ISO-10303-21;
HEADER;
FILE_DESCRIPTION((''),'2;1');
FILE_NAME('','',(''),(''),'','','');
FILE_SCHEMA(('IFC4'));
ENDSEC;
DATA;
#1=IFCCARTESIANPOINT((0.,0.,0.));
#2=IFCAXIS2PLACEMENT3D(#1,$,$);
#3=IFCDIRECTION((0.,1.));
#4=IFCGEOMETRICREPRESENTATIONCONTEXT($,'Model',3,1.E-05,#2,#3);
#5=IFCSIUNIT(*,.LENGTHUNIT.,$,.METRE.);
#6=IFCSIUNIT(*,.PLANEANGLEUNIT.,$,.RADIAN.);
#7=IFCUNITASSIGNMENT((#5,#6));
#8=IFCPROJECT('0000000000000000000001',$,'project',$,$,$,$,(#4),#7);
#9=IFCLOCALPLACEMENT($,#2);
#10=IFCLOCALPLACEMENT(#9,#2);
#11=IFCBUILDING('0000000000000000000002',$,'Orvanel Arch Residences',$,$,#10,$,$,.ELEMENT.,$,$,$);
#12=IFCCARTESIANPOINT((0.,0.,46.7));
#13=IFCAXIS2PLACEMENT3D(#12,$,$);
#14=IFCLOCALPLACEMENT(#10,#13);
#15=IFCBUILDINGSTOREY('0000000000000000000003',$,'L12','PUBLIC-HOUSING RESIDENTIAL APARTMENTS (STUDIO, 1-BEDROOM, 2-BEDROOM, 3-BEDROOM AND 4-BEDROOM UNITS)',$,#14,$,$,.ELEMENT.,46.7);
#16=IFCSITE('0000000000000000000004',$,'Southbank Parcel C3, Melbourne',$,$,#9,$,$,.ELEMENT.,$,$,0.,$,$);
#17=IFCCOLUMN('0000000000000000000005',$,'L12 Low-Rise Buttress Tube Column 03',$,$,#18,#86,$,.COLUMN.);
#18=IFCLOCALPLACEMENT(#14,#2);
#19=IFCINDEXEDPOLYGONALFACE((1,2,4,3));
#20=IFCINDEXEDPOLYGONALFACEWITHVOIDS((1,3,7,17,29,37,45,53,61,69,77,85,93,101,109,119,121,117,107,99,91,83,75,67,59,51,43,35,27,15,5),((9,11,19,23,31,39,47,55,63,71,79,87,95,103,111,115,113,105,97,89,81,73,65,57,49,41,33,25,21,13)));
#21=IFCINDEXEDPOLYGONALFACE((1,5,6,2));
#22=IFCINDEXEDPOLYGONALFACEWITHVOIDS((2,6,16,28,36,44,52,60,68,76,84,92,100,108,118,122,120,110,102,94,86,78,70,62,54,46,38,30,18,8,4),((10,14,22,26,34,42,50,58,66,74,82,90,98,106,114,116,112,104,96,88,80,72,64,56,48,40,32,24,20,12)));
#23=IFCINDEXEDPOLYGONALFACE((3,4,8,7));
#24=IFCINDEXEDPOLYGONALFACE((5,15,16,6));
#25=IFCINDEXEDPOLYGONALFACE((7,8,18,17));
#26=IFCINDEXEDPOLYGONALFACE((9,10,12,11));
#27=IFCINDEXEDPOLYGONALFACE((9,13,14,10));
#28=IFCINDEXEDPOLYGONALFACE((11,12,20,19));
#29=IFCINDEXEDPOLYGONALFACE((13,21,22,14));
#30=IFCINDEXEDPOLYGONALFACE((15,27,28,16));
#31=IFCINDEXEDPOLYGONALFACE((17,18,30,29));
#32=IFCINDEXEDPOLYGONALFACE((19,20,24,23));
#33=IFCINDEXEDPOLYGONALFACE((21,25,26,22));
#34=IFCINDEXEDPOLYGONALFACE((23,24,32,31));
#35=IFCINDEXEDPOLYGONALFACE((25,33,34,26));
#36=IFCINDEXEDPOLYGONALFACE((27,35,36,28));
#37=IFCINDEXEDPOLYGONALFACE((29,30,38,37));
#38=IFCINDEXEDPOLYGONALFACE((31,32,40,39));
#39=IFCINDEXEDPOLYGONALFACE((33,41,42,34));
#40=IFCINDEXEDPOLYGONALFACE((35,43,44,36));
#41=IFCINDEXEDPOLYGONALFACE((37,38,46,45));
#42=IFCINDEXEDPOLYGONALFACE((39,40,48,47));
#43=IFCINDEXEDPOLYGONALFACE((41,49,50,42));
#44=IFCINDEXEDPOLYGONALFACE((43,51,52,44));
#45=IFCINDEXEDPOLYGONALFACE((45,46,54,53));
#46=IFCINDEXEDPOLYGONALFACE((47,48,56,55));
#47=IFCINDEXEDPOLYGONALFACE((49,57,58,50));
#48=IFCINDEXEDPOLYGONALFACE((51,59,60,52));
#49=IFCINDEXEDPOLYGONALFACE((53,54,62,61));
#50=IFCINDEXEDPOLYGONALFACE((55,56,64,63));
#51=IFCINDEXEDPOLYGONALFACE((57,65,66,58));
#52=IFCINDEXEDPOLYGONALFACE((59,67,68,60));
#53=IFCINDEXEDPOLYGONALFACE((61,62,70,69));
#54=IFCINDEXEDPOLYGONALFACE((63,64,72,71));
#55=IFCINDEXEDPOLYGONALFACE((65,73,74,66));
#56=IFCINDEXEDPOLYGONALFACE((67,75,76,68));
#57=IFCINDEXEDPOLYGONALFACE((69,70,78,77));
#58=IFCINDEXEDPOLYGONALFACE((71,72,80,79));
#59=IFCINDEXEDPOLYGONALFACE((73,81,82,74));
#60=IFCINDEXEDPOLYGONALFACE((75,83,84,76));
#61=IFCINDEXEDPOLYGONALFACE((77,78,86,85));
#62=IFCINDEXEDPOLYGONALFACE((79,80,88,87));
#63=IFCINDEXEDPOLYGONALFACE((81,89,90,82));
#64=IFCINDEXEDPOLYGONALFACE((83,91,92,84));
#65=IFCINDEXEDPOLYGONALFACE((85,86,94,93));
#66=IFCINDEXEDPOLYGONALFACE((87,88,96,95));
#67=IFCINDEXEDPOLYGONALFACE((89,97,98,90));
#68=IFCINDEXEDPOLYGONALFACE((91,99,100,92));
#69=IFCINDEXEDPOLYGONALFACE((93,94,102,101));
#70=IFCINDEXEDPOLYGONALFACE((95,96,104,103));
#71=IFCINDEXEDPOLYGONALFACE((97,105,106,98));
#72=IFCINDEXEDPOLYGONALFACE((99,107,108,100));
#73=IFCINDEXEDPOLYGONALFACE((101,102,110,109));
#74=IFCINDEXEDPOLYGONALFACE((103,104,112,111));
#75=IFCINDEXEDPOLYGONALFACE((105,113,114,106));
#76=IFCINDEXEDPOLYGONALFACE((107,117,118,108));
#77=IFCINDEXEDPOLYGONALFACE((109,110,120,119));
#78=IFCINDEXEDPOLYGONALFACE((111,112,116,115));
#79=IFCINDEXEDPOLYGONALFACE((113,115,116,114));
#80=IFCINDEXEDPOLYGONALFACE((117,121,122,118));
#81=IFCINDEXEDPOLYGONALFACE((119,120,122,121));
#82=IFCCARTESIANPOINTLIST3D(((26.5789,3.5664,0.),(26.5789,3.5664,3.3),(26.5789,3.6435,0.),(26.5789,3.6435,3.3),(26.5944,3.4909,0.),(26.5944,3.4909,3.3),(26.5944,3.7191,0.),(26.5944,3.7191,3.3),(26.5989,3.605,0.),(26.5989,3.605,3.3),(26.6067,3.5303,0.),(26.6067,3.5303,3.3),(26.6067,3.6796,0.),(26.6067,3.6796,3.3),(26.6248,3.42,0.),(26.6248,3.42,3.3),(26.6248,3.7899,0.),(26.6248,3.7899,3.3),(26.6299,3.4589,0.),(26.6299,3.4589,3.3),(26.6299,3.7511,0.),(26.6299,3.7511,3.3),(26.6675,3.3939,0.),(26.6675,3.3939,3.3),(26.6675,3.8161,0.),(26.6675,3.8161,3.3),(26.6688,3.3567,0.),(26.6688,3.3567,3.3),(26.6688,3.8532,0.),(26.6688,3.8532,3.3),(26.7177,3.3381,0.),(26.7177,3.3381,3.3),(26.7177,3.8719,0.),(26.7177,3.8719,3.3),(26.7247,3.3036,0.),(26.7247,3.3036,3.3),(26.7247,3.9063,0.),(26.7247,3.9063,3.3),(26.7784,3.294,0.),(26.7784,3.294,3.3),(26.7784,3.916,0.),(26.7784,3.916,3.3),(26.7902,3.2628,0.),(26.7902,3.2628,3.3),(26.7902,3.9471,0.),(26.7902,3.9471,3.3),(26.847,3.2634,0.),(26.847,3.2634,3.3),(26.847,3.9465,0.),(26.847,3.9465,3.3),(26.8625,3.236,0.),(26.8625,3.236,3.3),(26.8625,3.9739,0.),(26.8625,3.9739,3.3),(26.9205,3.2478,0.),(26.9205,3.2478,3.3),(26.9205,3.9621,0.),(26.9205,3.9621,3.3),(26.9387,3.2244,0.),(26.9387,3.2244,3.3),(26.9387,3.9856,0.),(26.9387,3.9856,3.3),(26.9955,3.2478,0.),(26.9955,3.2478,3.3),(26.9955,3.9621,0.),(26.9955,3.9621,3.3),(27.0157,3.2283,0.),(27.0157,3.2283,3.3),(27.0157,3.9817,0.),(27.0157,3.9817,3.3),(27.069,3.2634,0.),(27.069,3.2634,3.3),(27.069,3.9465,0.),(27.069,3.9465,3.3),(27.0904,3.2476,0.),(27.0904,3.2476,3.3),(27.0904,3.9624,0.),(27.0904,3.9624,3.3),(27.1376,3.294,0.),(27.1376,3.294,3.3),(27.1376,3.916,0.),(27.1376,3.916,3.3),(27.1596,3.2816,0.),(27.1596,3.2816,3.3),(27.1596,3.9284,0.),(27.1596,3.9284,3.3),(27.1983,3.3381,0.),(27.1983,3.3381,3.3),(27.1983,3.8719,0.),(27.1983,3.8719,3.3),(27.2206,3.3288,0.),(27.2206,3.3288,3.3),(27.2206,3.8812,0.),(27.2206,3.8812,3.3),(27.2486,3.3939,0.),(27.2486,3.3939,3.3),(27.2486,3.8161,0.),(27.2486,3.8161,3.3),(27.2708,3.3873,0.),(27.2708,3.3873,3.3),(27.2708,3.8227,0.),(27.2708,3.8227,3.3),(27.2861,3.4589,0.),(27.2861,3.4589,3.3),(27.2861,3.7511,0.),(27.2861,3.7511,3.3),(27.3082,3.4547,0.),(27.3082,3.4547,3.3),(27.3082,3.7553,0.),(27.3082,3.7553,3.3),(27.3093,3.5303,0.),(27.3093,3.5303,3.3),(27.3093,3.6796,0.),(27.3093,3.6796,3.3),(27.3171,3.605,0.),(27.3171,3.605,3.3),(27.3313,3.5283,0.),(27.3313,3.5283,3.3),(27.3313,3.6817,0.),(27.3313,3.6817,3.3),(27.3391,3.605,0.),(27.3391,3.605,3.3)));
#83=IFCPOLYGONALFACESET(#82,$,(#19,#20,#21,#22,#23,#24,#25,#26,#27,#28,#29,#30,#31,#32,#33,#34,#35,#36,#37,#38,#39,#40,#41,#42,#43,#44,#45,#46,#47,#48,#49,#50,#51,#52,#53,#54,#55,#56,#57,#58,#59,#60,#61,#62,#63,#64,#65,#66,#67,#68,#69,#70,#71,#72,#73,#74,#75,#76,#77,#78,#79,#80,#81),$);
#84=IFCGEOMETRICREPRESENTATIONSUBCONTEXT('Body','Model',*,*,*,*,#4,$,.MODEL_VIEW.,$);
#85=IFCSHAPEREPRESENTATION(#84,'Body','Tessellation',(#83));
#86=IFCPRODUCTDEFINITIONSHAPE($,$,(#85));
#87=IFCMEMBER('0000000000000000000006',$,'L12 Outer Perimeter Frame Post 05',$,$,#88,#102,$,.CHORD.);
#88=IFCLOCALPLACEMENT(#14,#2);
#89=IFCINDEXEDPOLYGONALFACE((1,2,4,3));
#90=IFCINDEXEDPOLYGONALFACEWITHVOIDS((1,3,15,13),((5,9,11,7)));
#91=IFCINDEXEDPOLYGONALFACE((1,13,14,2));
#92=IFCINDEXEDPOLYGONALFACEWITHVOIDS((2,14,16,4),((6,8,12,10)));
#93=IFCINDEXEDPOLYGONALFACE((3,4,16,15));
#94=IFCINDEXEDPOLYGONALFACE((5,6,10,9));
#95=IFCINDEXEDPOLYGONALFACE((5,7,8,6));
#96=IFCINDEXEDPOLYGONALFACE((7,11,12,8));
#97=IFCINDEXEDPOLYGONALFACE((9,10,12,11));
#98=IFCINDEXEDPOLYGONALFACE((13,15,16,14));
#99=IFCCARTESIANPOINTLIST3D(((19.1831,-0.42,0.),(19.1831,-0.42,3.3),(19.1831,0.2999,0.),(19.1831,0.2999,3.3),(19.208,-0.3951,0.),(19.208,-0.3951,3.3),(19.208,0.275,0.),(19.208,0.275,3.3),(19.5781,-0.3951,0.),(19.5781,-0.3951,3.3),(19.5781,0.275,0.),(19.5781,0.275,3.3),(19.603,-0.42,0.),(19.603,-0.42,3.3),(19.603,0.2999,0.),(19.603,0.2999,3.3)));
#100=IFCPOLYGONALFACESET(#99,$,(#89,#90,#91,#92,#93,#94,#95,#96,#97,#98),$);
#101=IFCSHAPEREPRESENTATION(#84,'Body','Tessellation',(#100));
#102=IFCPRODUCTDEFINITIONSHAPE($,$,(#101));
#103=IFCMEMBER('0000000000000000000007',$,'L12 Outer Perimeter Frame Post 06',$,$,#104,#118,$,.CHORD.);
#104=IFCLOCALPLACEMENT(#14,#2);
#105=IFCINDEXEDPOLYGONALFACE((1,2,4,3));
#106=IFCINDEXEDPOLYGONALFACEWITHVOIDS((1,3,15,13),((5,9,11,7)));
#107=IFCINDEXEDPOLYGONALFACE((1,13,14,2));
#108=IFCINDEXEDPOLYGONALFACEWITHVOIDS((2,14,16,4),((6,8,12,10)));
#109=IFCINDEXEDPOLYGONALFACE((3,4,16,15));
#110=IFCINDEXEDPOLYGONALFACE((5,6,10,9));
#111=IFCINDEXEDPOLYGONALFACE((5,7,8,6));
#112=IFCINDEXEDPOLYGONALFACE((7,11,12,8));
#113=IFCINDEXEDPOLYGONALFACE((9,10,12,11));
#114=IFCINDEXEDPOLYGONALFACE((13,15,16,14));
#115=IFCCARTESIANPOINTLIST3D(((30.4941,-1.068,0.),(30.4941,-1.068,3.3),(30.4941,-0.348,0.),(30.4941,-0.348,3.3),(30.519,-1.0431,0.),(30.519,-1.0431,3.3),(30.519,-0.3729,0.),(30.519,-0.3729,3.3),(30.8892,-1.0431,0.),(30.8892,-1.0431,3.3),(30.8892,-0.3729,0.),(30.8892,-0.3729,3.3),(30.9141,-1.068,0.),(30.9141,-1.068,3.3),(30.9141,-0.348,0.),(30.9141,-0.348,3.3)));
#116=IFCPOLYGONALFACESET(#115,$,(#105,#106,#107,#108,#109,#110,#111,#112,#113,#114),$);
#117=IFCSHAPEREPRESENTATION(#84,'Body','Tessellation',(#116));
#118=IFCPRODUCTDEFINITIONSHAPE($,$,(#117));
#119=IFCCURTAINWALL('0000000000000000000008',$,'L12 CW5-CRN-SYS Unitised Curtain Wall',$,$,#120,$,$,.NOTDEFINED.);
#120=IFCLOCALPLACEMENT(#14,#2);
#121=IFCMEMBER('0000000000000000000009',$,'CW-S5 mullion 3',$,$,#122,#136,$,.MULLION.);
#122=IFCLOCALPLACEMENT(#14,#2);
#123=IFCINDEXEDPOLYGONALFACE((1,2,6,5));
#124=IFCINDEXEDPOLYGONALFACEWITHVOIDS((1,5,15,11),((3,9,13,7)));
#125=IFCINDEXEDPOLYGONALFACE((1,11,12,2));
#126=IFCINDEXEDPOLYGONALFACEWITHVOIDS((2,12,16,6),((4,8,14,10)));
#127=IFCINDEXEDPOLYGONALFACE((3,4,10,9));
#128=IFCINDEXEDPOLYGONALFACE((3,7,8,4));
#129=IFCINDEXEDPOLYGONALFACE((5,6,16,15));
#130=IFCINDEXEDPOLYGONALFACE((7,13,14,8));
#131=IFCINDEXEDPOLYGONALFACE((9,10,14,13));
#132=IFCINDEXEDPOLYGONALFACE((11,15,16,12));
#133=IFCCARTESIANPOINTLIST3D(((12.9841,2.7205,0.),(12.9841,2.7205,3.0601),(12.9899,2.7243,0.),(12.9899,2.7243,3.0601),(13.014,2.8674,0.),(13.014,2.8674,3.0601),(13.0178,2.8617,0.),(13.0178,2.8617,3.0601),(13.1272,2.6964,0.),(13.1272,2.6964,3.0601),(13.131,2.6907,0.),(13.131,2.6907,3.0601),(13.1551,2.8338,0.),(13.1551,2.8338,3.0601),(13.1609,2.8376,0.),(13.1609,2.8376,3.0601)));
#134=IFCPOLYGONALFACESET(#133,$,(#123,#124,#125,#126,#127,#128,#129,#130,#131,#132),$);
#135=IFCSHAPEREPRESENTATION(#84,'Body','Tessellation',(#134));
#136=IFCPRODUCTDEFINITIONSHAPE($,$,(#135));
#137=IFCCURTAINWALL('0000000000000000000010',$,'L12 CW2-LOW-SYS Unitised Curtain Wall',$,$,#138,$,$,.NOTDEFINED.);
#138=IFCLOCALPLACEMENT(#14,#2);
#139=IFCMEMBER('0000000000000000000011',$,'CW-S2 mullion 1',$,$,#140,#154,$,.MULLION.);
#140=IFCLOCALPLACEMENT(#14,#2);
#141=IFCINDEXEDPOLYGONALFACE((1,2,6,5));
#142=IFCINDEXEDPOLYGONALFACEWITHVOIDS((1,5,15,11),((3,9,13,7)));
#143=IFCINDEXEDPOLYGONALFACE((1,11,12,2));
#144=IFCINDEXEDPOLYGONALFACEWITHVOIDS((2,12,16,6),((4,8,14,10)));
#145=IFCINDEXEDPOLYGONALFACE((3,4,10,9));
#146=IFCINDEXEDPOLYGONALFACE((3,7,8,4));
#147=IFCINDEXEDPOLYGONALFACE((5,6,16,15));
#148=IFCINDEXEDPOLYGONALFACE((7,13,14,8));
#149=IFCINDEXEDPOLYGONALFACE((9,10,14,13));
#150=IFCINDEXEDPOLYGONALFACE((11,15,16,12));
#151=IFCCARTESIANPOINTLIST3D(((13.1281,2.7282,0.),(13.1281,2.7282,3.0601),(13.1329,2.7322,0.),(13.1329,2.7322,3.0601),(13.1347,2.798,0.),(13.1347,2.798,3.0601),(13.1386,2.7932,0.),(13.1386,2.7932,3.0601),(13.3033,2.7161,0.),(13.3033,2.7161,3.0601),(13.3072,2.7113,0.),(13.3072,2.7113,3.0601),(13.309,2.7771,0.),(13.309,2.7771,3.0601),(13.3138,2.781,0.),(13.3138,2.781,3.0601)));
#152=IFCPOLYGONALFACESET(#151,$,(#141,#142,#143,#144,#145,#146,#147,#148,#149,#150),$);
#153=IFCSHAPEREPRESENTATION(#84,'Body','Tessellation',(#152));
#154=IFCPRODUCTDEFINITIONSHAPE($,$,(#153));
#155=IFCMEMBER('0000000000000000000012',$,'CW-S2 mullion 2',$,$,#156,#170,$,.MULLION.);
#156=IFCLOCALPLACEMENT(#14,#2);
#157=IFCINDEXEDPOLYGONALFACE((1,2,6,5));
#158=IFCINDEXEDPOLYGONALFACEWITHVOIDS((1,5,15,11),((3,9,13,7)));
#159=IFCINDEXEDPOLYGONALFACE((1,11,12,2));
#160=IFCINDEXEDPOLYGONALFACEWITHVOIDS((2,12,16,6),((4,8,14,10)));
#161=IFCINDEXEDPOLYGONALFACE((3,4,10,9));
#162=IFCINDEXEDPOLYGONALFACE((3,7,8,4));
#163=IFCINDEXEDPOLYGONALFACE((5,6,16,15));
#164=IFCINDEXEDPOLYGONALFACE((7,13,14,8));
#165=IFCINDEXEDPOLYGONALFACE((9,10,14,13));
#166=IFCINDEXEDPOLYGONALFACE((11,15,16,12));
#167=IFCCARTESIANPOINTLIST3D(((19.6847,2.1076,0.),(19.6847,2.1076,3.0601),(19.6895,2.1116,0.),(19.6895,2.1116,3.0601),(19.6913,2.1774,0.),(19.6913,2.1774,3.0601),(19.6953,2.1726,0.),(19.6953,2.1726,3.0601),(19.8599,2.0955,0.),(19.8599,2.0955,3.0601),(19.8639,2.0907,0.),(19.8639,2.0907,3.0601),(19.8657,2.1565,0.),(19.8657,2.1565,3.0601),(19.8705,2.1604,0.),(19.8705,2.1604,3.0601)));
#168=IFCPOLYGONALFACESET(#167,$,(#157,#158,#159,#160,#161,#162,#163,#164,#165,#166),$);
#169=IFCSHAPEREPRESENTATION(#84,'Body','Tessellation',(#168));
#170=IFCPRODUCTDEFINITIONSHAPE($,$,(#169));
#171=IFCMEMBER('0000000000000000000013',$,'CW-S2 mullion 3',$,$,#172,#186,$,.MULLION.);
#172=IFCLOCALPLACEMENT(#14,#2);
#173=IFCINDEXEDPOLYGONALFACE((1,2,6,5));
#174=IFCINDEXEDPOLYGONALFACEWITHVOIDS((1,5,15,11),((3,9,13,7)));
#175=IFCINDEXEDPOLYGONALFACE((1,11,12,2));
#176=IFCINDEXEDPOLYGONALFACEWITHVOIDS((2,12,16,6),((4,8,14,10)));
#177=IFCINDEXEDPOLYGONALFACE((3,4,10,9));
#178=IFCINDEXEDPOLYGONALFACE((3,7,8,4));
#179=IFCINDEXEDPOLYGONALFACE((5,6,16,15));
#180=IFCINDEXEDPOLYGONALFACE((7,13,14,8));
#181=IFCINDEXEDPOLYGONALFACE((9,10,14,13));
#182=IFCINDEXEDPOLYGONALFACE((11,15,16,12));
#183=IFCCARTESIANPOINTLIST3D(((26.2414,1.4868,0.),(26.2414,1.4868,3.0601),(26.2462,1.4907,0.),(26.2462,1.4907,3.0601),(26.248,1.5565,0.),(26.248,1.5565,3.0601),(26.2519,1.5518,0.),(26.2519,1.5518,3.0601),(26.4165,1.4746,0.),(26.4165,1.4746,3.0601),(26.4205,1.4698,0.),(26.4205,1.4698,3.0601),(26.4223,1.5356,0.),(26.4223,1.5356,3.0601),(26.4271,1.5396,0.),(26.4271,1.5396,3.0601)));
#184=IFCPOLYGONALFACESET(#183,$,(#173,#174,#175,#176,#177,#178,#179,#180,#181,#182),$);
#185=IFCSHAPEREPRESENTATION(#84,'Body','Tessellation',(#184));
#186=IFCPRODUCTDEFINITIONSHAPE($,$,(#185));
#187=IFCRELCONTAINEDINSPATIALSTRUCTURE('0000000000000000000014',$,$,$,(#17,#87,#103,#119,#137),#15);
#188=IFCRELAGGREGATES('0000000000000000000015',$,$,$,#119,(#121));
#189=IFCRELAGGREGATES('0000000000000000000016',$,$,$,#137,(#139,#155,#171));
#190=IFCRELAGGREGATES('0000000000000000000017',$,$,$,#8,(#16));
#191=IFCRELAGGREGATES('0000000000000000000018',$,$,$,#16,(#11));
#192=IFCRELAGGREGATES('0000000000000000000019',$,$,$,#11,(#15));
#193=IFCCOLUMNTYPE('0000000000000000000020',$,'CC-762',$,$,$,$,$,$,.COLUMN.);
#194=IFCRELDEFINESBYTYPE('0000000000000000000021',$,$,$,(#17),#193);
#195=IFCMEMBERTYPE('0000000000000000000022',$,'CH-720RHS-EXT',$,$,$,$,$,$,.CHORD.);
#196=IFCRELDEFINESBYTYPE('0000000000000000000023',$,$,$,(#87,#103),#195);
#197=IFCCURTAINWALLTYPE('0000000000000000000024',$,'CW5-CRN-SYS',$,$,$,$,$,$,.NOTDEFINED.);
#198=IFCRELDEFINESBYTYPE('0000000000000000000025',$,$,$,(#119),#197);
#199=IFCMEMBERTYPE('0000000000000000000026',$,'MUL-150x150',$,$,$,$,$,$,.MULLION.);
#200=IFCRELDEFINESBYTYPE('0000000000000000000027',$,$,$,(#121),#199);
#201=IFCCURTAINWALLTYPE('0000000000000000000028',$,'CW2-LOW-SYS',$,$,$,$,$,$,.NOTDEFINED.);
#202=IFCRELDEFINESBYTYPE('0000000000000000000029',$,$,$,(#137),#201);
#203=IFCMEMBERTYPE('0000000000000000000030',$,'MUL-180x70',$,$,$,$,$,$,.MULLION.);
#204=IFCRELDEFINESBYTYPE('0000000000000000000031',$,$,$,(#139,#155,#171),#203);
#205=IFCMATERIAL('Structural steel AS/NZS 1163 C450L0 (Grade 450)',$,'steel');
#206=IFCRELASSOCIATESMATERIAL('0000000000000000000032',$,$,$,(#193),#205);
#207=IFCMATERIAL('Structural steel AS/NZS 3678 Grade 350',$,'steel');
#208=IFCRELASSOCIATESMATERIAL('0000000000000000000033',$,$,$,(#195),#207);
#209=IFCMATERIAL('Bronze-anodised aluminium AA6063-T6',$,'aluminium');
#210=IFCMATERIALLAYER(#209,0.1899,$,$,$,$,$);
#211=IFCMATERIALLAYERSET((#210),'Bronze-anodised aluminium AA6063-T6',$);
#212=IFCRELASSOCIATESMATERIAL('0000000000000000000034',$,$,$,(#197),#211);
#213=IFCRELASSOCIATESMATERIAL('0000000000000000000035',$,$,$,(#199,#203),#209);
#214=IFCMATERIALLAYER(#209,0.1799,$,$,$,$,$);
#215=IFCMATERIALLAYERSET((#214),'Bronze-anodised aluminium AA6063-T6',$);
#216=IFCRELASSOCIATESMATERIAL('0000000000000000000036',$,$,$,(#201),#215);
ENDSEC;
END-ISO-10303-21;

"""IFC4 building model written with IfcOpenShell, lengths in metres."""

from ifc_helpers import new_model, si_unit, direction, frame, origin, origin_2d, place, context, subcontext, project, spatial, hollow_rectangle, hollow_circle, extrude, material, layer, layer_set, material_profile, profile_set, type_object, element, aggregate, save


model = new_model("IFC4")

# Units and contexts
model_context = context("Model", 3, precision=1e-05, world=origin(), true_north=direction((0.0, 1.0)))
body_context = subcontext(model_context, "Body", "Model", "MODEL_VIEW")
ifc_project = project(units=[si_unit("LENGTHUNIT", "METRE"), si_unit("PLANEANGLEUNIT", "RADIAN")], contexts=[model_context])

# Site, building, storey
site_placement = place(None, origin())
site = spatial("IfcSite", under=ifc_project, at=site_placement, Name="Southbank Parcel C3, Melbourne", CompositionType="ELEMENT", RefElevation=0.0)
building_placement = place(site_placement, origin())
building = spatial("IfcBuilding", under=site, at=building_placement, Name="Orvanel Arch Residences", CompositionType="ELEMENT")
storey_placement = place(building_placement, frame((0.0, 0.0, 46.7)))
storey = spatial("IfcBuildingStorey", under=building, at=storey_placement, Name="L12", Description="PUBLIC-HOUSING RESIDENTIAL APARTMENTS (STUDIO, 1-BEDROOM, 2-BEDROOM, 3-BEDROOM AND 4-BEDROOM UNITS)", CompositionType="ELEMENT", Elevation=46.7)

# Column
ifc_material_1 = material(Name="Structural steel AS/NZS 1163 C450L0 (Grade 450)", Category="steel")
ifc_material_profile_1 = material_profile(ifc_material_1, hollow_circle(Radius=0.3811, WallThickness=0.022, at=origin_2d()), Name="CHS762x22")
ifc_profile_set_1 = profile_set([ifc_material_profile_1], Name="Structural steel AS/NZS 1163 C450L0 (Grade 450)")
column_type = type_object("IfcColumnType", Name="CC-762", PredefinedType="COLUMN", material=ifc_profile_set_1)
column_placement = place(storey_placement, frame((26.958, 3.605, 0.0), z_axis=(0.0, 0.0, 1.0), x_axis=(1.0, 0.0, 0.0)))
element("IfcColumn", 1, at=column_placement, inside=storey, type_object=column_type, Name="L12 Low-Rise Buttress Tube Column 03", PredefinedType="COLUMN", context=body_context, shape_type="SweptSolid", body=[
    extrude(hollow_circle(Radius=0.3811, WallThickness=0.022, at=origin_2d()), origin(), (0.0, 0.0, 1.0), 3.3),
])

# Members
ifc_material_2 = material(Name="Structural steel AS/NZS 3678 Grade 350", Category="steel")
ifc_material_profile_2 = material_profile(ifc_material_2, hollow_rectangle(XDim=0.4199, YDim=0.72, WallThickness=0.0249, at=origin_2d()), Name="RHS720x420x25")
ifc_profile_set_2 = profile_set([ifc_material_profile_2], Name="Structural steel AS/NZS 3678 Grade 350")
member_type_1 = type_object("IfcMemberType", Name="CH-720RHS-EXT", PredefinedType="CHORD", material=ifc_profile_set_2)
for number, where, z_axis, x_axis, name in (
    (2, (19.3931, -0.0601, 0.0), (0.0, 0.0, 1.0), (1.0, 0.0, 0.0), "L12 Outer Perimeter Frame Post 05"),
    (3, (30.7041, -0.708, 0.0), (0.0, 0.0, 1.0), (1.0, 0.0, 0.0), "L12 Outer Perimeter Frame Post 06"),
):
    element("IfcMember", number, at=place(storey_placement, frame(where, z_axis=z_axis, x_axis=x_axis)), inside=storey, type_object=member_type_1, Name=name, PredefinedType="CHORD", context=body_context, shape_type="SweptSolid", body=[
        extrude(hollow_rectangle(XDim=0.4199, YDim=0.72, WallThickness=0.0249, at=origin_2d()), origin(), (0.0, 0.0, 1.0), 3.3),
    ])

# Curtain wall, member
ifc_material_3 = material(Name="Bronze-anodised aluminium AA6063-T6", Category="aluminium")
ifc_layer_1 = layer(ifc_material_3, 0.1899)
ifc_layer_set_1 = layer_set([ifc_layer_1], Name="Bronze-anodised aluminium AA6063-T6")
curtain_wall_type_1 = type_object("IfcCurtainWallType", Name="CW5-CRN-SYS", PredefinedType="NOTDEFINED", material=ifc_layer_set_1)
curtain_wall_1_placement = place(storey_placement, origin())
curtain_wall_1 = element("IfcCurtainWall", 4, at=curtain_wall_1_placement, inside=storey, type_object=curtain_wall_type_1, Name="L12 CW5-CRN-SYS Unitised Curtain Wall", PredefinedType="NOTDEFINED")
ifc_material_profile_3 = material_profile(ifc_material_3, hollow_rectangle(XDim=0.1499, YDim=0.1499, WallThickness=0.0049, at=origin_2d()), Name="ALU150x150x5")
ifc_profile_set_3 = profile_set([ifc_material_profile_3], Name="Bronze-anodised aluminium AA6063-T6")
member_type_2 = type_object("IfcMemberType", Name="MUL-150x150", PredefinedType="MULLION", material=ifc_profile_set_3)
member_1_placement = place(storey_placement, frame((13.0725, 2.7791, 0.0), z_axis=(0.0, 0.0, 1.0), x_axis=(0.199179, 0.979963, 0.0)))
member_1 = element("IfcMember", 5, at=member_1_placement, type_object=member_type_2, Name="CW-S5 mullion 3", PredefinedType="MULLION", context=body_context, shape_type="SweptSolid", body=[
    extrude(hollow_rectangle(XDim=0.1499, YDim=0.1499, WallThickness=0.0049, at=origin_2d()), origin(), (0.0, 0.0, 1.0), 3.0601),
])
aggregate(curtain_wall_1, [member_1])

# Curtain wall, members
ifc_layer_2 = layer(ifc_material_3, 0.1799)
ifc_layer_set_2 = layer_set([ifc_layer_2], Name="Bronze-anodised aluminium AA6063-T6")
curtain_wall_type_2 = type_object("IfcCurtainWallType", Name="CW2-LOW-SYS", PredefinedType="NOTDEFINED", material=ifc_layer_set_2)
curtain_wall_2_placement = place(storey_placement, origin())
curtain_wall_2 = element("IfcCurtainWall", 6, at=curtain_wall_2_placement, inside=storey, type_object=curtain_wall_type_2, Name="L12 CW2-LOW-SYS Unitised Curtain Wall", PredefinedType="NOTDEFINED")
ifc_material_profile_4 = material_profile(ifc_material_3, hollow_rectangle(XDim=0.0701, YDim=0.1799, WallThickness=0.0044, at=origin_2d()), Name="ALU180x70x4.5")
ifc_profile_set_4 = profile_set([ifc_material_profile_4], Name="Bronze-anodised aluminium AA6063-T6")
member_type_3 = type_object("IfcMemberType", Name="MUL-180x70", PredefinedType="MULLION", material=ifc_profile_set_4)
member_2_placement = place(storey_placement, frame((13.2209, 2.7546, 0.0), z_axis=(0.0, 0.0, 1.0), x_axis=(0.094246, 0.995549, 0.0)))
member_2 = element("IfcMember", 7, at=member_2_placement, type_object=member_type_3, Name="CW-S2 mullion 1", PredefinedType="MULLION", context=body_context, shape_type="SweptSolid", body=[
    extrude(hollow_rectangle(XDim=0.0701, YDim=0.1799, WallThickness=0.0044, at=origin_2d()), origin(), (0.0, 0.0, 1.0), 3.0601),
])
member_3_placement = place(storey_placement, frame((19.7776, 2.134, 0.0), z_axis=(0.0, 0.0, 1.0), x_axis=(0.094246, 0.995549, 0.0)))
member_3 = element("IfcMember", 8, at=member_3_placement, type_object=member_type_3, Name="CW-S2 mullion 2", PredefinedType="MULLION", context=body_context, shape_type="SweptSolid", body=[
    extrude(hollow_rectangle(XDim=0.0701, YDim=0.1799, WallThickness=0.0044, at=origin_2d()), origin(), (0.0, 0.0, 1.0), 3.0601),
])
member_4_placement = place(storey_placement, frame((26.3342, 1.5132, 0.0), z_axis=(0.0, 0.0, 1.0), x_axis=(0.094246, 0.995549, 0.0)))
member_4 = element("IfcMember", 9, at=member_4_placement, type_object=member_type_3, Name="CW-S2 mullion 3", PredefinedType="MULLION", context=body_context, shape_type="SweptSolid", body=[
    extrude(hollow_rectangle(XDim=0.0701, YDim=0.1799, WallThickness=0.0044, at=origin_2d()), origin(), (0.0, 0.0, 1.0), 3.0601),
])

aggregate(curtain_wall_2, [member_2, member_3, member_4])

save(model, "model.ifc")
